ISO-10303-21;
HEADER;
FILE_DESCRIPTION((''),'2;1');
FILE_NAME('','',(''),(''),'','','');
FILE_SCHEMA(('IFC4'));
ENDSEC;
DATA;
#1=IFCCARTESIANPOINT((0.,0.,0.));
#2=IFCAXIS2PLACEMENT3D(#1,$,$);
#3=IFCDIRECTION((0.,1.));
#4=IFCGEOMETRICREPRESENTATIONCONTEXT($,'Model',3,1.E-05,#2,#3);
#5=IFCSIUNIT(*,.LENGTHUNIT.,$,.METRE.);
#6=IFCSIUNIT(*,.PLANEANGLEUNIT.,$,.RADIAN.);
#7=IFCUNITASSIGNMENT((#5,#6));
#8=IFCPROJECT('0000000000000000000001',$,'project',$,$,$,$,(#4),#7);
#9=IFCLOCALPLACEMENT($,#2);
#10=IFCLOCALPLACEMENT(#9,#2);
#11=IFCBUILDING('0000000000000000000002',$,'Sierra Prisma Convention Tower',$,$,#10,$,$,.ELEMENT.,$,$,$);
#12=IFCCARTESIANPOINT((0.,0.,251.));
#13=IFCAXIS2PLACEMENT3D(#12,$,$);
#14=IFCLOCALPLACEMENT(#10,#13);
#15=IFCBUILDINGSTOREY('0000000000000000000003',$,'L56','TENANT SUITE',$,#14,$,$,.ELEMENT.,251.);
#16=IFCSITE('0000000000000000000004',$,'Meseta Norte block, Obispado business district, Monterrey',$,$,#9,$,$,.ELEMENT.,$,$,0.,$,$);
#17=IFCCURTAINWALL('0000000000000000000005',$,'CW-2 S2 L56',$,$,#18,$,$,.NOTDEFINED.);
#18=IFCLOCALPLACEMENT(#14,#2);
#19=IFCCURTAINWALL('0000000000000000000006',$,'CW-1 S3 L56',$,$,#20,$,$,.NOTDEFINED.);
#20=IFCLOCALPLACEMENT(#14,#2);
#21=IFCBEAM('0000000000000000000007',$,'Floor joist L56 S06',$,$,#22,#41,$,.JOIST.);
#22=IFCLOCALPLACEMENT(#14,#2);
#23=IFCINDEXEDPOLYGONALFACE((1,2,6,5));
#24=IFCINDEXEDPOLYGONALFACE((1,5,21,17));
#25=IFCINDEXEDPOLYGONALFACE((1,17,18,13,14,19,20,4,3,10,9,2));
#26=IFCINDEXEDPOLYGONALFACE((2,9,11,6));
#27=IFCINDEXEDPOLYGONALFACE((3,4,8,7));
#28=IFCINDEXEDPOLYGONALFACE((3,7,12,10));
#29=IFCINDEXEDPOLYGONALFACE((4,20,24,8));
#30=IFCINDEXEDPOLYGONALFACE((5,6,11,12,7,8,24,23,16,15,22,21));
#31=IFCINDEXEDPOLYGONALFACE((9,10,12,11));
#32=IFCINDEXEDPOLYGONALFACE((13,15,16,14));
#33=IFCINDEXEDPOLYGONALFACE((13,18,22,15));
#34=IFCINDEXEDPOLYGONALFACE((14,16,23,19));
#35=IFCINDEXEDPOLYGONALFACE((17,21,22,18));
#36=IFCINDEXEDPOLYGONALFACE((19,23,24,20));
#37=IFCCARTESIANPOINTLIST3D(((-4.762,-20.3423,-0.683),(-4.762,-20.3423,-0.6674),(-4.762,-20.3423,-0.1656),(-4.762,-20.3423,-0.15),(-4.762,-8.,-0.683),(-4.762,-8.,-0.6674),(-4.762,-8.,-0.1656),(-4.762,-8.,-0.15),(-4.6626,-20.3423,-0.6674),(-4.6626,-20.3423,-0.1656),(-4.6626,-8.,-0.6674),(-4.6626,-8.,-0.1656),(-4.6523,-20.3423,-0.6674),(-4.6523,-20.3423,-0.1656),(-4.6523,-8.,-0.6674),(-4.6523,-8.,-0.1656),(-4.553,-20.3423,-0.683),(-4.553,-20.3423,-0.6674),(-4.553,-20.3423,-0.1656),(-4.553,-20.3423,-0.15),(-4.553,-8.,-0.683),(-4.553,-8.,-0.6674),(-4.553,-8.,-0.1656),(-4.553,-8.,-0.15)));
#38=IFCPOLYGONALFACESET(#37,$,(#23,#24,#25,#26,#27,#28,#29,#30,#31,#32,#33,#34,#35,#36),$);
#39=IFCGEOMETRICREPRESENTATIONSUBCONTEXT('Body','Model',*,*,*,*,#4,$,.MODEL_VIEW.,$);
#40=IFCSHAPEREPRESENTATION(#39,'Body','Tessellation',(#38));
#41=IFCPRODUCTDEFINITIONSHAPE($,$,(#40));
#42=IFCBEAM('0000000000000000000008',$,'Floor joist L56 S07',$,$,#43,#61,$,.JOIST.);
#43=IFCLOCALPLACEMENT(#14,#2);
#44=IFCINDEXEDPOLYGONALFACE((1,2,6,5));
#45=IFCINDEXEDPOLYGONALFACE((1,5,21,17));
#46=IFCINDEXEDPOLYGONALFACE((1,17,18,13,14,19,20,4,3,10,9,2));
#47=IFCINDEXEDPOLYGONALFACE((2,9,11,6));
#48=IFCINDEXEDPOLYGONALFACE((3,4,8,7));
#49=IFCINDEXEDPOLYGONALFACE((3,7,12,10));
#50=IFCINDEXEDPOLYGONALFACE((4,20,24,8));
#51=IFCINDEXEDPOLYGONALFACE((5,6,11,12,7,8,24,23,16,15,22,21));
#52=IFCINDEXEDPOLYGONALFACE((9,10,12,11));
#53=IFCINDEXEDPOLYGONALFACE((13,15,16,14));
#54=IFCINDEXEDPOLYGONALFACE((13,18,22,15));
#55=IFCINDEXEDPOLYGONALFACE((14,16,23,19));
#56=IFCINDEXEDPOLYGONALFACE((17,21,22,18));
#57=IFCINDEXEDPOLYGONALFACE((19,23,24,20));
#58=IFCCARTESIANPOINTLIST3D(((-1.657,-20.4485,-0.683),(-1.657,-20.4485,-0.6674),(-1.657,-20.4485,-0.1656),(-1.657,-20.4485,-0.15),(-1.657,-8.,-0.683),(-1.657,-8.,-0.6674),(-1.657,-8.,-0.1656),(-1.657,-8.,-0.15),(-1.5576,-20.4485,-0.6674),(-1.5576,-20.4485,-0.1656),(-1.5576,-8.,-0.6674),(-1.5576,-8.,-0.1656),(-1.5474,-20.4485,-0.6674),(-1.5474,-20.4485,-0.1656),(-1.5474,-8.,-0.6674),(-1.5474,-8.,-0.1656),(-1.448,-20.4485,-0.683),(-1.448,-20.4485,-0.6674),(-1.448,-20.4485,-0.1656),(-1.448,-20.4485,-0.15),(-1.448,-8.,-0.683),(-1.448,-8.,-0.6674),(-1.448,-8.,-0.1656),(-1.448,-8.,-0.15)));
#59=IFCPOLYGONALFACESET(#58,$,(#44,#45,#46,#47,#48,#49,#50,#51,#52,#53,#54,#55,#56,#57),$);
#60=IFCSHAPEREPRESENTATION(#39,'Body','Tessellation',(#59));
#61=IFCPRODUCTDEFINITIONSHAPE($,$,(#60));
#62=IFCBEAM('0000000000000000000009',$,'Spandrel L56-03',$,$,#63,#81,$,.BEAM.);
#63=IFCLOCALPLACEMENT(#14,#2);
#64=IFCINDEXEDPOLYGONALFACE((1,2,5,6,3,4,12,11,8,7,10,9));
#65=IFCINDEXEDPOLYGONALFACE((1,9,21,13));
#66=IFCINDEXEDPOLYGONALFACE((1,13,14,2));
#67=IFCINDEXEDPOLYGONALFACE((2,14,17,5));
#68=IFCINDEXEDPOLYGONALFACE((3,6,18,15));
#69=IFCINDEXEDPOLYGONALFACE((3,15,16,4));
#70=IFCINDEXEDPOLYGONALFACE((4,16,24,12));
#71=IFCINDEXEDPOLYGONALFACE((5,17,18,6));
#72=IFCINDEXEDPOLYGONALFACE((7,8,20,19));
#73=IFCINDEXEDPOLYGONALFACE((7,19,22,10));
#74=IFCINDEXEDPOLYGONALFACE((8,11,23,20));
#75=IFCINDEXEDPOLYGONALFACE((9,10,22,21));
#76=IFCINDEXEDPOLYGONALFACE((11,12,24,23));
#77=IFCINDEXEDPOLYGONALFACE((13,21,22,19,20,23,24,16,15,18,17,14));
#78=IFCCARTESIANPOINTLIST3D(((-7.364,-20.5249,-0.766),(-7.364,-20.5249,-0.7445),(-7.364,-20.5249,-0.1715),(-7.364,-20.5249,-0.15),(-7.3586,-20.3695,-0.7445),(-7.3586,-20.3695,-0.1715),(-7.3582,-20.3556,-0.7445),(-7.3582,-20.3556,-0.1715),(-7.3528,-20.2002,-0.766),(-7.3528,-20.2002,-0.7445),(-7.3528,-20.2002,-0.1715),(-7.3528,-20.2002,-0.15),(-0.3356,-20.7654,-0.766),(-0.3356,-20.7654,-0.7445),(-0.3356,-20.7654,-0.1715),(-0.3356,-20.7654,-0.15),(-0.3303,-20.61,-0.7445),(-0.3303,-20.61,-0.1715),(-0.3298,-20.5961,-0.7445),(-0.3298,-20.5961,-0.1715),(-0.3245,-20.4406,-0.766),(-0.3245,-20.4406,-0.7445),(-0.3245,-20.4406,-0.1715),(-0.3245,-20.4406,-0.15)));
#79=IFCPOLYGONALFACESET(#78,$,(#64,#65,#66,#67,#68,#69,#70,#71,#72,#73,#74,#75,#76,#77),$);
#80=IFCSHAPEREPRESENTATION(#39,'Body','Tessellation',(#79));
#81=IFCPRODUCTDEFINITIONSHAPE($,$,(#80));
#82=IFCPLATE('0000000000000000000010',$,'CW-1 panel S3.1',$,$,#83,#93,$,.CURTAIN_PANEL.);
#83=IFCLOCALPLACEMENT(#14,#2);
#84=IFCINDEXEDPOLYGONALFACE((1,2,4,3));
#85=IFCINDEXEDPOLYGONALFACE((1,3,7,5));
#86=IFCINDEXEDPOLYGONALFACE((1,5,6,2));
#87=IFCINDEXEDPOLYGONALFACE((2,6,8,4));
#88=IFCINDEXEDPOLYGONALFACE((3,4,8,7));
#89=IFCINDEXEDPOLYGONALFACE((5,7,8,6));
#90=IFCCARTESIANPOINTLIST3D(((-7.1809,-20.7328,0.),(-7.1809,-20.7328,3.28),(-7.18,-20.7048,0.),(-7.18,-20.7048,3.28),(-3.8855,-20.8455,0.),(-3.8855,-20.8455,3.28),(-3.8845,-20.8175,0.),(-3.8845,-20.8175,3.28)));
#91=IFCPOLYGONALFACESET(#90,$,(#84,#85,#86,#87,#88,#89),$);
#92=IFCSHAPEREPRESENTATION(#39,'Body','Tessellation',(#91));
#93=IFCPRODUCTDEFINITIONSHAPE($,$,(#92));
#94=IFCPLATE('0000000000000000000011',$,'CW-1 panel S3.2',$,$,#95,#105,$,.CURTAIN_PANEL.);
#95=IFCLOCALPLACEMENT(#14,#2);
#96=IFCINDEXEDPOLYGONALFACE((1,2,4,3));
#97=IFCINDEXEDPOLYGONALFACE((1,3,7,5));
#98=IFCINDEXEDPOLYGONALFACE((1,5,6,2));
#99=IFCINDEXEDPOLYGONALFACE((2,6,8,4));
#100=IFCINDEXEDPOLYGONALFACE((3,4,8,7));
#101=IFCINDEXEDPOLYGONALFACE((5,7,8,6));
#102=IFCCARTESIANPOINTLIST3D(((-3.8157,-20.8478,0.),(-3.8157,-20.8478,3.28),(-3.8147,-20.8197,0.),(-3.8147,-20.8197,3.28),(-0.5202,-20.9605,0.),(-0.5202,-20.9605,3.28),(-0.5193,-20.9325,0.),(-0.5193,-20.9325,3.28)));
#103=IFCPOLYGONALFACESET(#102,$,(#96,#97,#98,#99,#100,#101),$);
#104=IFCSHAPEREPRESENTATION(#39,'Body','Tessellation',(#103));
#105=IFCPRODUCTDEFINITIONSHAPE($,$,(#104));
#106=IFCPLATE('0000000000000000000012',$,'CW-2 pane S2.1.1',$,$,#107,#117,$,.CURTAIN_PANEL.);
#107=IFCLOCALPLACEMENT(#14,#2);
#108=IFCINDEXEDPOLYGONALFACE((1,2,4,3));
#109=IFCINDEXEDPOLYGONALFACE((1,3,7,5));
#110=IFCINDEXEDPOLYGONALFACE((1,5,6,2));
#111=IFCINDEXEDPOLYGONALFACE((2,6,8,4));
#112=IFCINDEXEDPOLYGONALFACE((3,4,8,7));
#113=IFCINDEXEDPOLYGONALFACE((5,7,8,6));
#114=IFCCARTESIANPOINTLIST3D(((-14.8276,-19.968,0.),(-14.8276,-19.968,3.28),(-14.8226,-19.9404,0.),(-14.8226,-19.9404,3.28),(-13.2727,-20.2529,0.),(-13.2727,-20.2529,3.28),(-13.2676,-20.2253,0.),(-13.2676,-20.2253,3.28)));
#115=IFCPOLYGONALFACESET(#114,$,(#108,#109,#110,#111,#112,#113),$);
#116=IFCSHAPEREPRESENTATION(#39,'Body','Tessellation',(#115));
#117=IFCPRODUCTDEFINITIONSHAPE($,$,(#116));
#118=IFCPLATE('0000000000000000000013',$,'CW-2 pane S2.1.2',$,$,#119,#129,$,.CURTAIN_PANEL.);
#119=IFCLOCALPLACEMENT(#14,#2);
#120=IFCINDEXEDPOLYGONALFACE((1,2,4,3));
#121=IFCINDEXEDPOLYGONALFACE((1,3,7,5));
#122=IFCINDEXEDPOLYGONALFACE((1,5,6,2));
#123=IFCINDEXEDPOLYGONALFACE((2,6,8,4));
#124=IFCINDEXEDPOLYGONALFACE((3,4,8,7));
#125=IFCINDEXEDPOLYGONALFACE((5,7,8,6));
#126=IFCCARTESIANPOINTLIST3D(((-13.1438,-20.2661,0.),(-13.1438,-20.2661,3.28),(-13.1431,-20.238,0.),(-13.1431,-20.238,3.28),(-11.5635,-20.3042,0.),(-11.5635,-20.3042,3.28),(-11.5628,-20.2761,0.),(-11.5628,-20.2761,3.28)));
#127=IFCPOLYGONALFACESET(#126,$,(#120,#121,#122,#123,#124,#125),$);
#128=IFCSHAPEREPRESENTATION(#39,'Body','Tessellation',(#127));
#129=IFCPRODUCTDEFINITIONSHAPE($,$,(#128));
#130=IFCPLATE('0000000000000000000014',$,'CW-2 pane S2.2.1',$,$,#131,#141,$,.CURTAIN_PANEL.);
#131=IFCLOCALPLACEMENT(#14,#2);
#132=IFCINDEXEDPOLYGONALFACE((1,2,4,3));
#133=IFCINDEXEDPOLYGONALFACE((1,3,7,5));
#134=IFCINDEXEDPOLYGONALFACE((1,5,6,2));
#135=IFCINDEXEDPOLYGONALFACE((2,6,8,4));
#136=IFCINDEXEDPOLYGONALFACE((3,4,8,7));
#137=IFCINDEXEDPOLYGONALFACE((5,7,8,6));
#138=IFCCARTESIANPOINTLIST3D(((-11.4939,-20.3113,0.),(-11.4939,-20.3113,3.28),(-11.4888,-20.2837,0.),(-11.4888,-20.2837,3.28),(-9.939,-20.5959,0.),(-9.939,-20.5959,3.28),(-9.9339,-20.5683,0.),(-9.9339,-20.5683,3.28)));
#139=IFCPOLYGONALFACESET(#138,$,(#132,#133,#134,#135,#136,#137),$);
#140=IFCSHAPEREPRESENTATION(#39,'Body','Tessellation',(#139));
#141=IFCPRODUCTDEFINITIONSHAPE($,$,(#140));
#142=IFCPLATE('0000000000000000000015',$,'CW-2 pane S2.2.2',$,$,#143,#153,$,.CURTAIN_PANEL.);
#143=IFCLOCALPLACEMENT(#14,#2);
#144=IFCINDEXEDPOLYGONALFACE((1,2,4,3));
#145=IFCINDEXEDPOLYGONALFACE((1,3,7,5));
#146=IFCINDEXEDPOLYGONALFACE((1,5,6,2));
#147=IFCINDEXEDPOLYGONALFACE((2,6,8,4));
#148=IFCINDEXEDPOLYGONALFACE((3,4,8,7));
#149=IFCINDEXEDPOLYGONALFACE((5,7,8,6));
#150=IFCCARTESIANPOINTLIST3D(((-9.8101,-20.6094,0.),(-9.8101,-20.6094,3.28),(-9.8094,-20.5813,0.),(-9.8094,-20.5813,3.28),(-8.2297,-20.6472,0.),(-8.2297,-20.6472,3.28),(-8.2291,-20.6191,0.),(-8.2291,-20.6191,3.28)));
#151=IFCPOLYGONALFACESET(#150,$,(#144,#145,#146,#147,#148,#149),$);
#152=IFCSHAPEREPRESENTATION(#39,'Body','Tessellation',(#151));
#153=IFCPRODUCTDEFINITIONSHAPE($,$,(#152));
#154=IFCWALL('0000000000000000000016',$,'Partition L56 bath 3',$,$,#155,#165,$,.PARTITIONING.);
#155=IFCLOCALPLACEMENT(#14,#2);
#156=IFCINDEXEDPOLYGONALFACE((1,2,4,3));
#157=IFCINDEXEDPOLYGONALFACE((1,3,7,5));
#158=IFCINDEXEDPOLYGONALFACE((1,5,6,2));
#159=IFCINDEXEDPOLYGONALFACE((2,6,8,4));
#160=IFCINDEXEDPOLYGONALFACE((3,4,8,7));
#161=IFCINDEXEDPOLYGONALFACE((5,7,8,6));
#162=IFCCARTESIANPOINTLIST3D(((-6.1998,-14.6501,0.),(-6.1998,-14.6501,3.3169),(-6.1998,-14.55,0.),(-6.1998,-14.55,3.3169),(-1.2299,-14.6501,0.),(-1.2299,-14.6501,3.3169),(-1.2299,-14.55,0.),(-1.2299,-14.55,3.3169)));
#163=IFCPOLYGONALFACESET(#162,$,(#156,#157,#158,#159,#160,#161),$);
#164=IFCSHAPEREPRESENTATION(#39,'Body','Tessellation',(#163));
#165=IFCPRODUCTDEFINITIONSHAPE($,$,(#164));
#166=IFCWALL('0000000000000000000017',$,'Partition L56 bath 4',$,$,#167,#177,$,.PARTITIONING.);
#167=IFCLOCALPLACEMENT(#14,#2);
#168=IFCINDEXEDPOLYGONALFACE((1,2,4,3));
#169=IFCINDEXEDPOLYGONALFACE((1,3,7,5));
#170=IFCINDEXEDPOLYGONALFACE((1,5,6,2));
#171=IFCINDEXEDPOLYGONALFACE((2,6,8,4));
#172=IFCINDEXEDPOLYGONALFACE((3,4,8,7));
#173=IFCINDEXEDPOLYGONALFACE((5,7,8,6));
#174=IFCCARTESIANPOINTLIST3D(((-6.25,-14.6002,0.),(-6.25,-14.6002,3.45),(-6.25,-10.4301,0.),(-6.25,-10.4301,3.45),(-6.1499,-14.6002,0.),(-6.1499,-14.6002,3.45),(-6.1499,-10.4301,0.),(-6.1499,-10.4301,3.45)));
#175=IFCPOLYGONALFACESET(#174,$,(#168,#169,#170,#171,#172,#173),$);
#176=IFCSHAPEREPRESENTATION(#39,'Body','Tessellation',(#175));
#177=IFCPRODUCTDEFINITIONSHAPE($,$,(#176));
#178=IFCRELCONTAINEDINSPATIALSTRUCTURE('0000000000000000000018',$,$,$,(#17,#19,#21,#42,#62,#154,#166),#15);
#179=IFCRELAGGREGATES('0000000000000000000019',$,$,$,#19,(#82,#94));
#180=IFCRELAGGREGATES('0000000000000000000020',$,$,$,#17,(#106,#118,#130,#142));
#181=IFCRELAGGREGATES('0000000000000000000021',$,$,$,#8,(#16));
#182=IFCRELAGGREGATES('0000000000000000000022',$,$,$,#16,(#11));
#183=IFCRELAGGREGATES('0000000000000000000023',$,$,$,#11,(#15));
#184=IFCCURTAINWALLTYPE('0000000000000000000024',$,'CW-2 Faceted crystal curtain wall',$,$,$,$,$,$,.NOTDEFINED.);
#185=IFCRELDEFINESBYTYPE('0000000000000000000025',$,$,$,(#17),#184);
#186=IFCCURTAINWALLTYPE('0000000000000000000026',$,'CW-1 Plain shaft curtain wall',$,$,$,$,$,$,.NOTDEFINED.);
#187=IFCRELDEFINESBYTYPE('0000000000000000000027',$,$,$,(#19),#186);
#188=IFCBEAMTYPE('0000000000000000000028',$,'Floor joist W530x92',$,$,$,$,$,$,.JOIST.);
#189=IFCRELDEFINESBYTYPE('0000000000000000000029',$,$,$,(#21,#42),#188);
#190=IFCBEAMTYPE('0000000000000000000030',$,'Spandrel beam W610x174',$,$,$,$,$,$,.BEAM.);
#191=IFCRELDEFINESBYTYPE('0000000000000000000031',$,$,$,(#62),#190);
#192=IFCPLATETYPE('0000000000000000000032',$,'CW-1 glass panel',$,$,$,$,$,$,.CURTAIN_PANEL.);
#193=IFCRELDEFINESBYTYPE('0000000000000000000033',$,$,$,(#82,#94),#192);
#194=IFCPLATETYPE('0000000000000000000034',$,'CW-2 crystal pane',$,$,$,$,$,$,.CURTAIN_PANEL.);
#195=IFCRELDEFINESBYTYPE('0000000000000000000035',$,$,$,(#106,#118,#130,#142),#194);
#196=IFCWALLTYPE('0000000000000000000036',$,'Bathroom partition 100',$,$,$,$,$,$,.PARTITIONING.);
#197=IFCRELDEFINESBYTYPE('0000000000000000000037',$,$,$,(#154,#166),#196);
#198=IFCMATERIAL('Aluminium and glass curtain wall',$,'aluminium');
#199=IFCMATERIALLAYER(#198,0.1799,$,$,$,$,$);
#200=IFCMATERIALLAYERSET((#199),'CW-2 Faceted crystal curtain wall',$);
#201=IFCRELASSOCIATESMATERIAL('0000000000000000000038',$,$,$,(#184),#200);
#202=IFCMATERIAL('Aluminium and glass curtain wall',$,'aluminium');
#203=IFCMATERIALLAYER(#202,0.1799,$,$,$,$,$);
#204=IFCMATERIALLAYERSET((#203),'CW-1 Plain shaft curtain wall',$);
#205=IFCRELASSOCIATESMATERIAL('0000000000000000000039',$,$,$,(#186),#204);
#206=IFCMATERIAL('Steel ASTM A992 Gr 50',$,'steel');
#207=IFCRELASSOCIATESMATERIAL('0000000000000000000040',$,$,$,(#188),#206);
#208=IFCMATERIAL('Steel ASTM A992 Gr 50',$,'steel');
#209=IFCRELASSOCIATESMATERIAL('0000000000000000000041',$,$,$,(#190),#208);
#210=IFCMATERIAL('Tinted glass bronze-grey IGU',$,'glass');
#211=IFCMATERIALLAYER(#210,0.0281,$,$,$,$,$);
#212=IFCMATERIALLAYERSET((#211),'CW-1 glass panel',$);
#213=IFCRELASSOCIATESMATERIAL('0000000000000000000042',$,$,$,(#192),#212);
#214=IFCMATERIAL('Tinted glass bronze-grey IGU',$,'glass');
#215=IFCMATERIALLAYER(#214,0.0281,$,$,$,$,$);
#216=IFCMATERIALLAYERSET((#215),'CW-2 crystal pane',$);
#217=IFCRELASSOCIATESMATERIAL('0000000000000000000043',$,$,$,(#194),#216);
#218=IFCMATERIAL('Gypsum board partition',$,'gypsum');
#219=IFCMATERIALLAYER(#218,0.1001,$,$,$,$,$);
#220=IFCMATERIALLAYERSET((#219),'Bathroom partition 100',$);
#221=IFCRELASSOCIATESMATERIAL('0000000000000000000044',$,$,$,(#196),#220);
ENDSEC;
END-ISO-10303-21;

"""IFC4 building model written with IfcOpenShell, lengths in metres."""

from ifc_helpers import new_model, si_unit, direction, frame, frame_2d, origin, origin_2d, place, context, subcontext, project, spatial, polyline, rectangle, i_section, outline, extrude, material, layer, layer_set, material_profile, profile_set, type_object, element, aggregate, save


model = new_model("IFC4")

# Units and contexts
model_context = context("Model", 3, precision=1e-05, world=origin(), true_north=direction((0.0, 1.0)))
body_context = subcontext(model_context, "Body", "Model", "MODEL_VIEW")
ifc_project = project(units=[si_unit("LENGTHUNIT", "METRE"), si_unit("PLANEANGLEUNIT", "RADIAN")], contexts=[model_context])

# Site, building, storey
site_placement = place(None, origin())
site = spatial("IfcSite", under=ifc_project, at=site_placement, Name="Meseta Norte block, Obispado business district, Monterrey", CompositionType="ELEMENT", RefElevation=0.0)
building_placement = place(site_placement, origin())
building = spatial("IfcBuilding", under=site, at=building_placement, Name="Sierra Prisma Convention Tower", CompositionType="ELEMENT")
storey_placement = place(building_placement, frame((0.0, 0.0, 251.0)))
storey = spatial("IfcBuildingStorey", under=building, at=storey_placement, Name="L56", Description="TENANT SUITE", CompositionType="ELEMENT", Elevation=251.0)

# Curtain walls
ifc_material_1 = material(Name="Aluminium and glass curtain wall", Category="aluminium")
ifc_layer_1 = layer(ifc_material_1, 0.1799)
ifc_layer_set_1 = layer_set([ifc_layer_1], Name="CW-2 Faceted crystal curtain wall")
curtain_wall_type_1 = type_object("IfcCurtainWallType", Name="CW-2 Faceted crystal curtain wall", PredefinedType="NOTDEFINED", material=ifc_layer_set_1)
curtain_wall_1_placement = place(storey_placement, origin())
curtain_wall_1 = element("IfcCurtainWall", 1, at=curtain_wall_1_placement, inside=storey, type_object=curtain_wall_type_1, Name="CW-2 S2 L56", PredefinedType="NOTDEFINED")
ifc_material_2 = material(Name="Aluminium and glass curtain wall", Category="aluminium")
ifc_layer_2 = layer(ifc_material_2, 0.1799)
ifc_layer_set_2 = layer_set([ifc_layer_2], Name="CW-1 Plain shaft curtain wall")
curtain_wall_type_2 = type_object("IfcCurtainWallType", Name="CW-1 Plain shaft curtain wall", PredefinedType="NOTDEFINED", material=ifc_layer_set_2)
curtain_wall_2_placement = place(storey_placement, origin())
curtain_wall_2 = element("IfcCurtainWall", 2, at=curtain_wall_2_placement, inside=storey, type_object=curtain_wall_type_2, Name="CW-1 S3 L56", PredefinedType="NOTDEFINED")

# Beams
ifc_material_3 = material(Name="Steel ASTM A992 Gr 50", Category="steel")
ifc_material_profile_1 = material_profile(ifc_material_3, i_section(OverallWidth=0.209, OverallDepth=0.533, WebThickness=0.0103, FlangeThickness=0.0156, at=origin_2d()), Name="W530x92")
ifc_profile_set_1 = profile_set([ifc_material_profile_1], Name="Steel ASTM A992 Gr 50")
beam_type_1 = type_object("IfcBeamType", Name="Floor joist W530x92", PredefinedType="JOIST", material=ifc_profile_set_1)
beam_1_placement = place(storey_placement, frame((-4.6575, -20.3423, -0.4165), z_axis=(0.0, 1.0, 0.0), x_axis=(-1.0, 0.0, 0.0)))
element("IfcBeam", 3, at=beam_1_placement, inside=storey, type_object=beam_type_1, Name="Floor joist L56 S06", PredefinedType="JOIST", context=body_context, shape_type="SweptSolid", body=[
    extrude(i_section(OverallWidth=0.209, OverallDepth=0.533, WebThickness=0.0103, FlangeThickness=0.0156, at=origin_2d()), origin(), (0.0, 0.0, 1.0), 12.3423),
])
beam_2_placement = place(storey_placement, frame((-1.5525, -20.4485, -0.4165), z_axis=(0.0, 1.0, 0.0), x_axis=(-1.0, 0.0, 0.0)))
element("IfcBeam", 4, at=beam_2_placement, inside=storey, type_object=beam_type_1, Name="Floor joist L56 S07", PredefinedType="JOIST", context=body_context, shape_type="SweptSolid", body=[
    extrude(i_section(OverallWidth=0.209, OverallDepth=0.533, WebThickness=0.0103, FlangeThickness=0.0156, at=origin_2d()), origin(), (0.0, 0.0, 1.0), 12.4485),
])
ifc_material_4 = material(Name="Steel ASTM A992 Gr 50", Category="steel")
ifc_material_profile_2 = material_profile(ifc_material_4, i_section(OverallWidth=0.325, OverallDepth=0.616, WebThickness=0.0139, FlangeThickness=0.0215, at=origin_2d()), Name="W610x174")
ifc_profile_set_2 = profile_set([ifc_material_profile_2], Name="Steel ASTM A992 Gr 50")
beam_type_2 = type_object("IfcBeamType", Name="Spandrel beam W610x174", PredefinedType="BEAM", material=ifc_profile_set_2)
beam_3_placement = place(storey_placement, frame((-7.3584, -20.3625, -0.458), z_axis=(0.999415, -0.034196, 0.0), x_axis=(0.034196, 0.999415, 0.0)))
element("IfcBeam", 5, at=beam_3_placement, inside=storey, type_object=beam_type_2, Name="Spandrel L56-03", PredefinedType="BEAM", context=body_context, shape_type="SweptSolid", body=[
    extrude(i_section(OverallWidth=0.325, OverallDepth=0.616, WebThickness=0.0139, FlangeThickness=0.0215, at=origin_2d()), origin(), (0.0, 0.0, 1.0), 7.0325),
])

# Plates
ifc_material_5 = material(Name="Tinted glass bronze-grey IGU", Category="glass")
ifc_layer_3 = layer(ifc_material_5, 0.0281)
ifc_layer_set_3 = layer_set([ifc_layer_3], Name="CW-1 glass panel")
plate_type_1 = type_object("IfcPlateType", Name="CW-1 glass panel", PredefinedType="CURTAIN_PANEL", material=ifc_layer_set_3)
plate_1_placement = place(storey_placement, frame((-5.5327, -20.7751, 0.0), z_axis=(0.0, 0.0, 1.0), x_axis=(0.999416, -0.034184, 0.0)))
plate_1 = element("IfcPlate", 6, at=plate_1_placement, type_object=plate_type_1, Name="CW-1 panel S3.1", PredefinedType="CURTAIN_PANEL", context=body_context, shape_type="SweptSolid", body=[
    extrude(rectangle(XDim=3.2974, YDim=0.0281, at=origin_2d()), origin(), (0.0, 0.0, 1.0), 3.28),
])
plate_2_placement = place(storey_placement, frame((-2.1675, -20.8901, 0.0), z_axis=(0.0, 0.0, 1.0), x_axis=(0.999416, -0.034184, 0.0)))
plate_2 = element("IfcPlate", 7, at=plate_2_placement, type_object=plate_type_1, Name="CW-1 panel S3.2", PredefinedType="CURTAIN_PANEL", context=body_context, shape_type="SweptSolid", body=[
    extrude(rectangle(XDim=3.2974, YDim=0.0281, at=origin_2d()), origin(), (0.0, 0.0, 1.0), 3.28),
])
aggregate(curtain_wall_2, [plate_1, plate_2])
ifc_material_6 = material(Name="Tinted glass bronze-grey IGU", Category="glass")
ifc_layer_4 = layer(ifc_material_6, 0.0281)
ifc_layer_set_4 = layer_set([ifc_layer_4], Name="CW-2 crystal pane")
plate_type_2 = type_object("IfcPlateType", Name="CW-2 crystal pane", PredefinedType="CURTAIN_PANEL", material=ifc_layer_set_4)
plate_3_placement = place(storey_placement, frame((-14.8276, -19.968, 0.0), z_axis=(-0.180231, -0.983624, 0.0), x_axis=(0.983624, -0.180231, 0.0)))
plate_3 = element("IfcPlate", 8, at=plate_3_placement, type_object=plate_type_2, Name="CW-2 pane S2.1.1", PredefinedType="CURTAIN_PANEL", context=body_context, shape_type="SweptSolid", body=[
    extrude(outline(polyline([(0.0, 0.0), (1.5808, 0.0), (1.5808, 3.28), (0.0, 3.28), (0.0, 0.0)])), origin(), (0.0, 0.0, -1.0), 0.0281),
])
plate_4_placement = place(storey_placement, frame((-11.5635, -20.3042, 0.0), z_axis=(-0.024093, -0.99971, 0.0), x_axis=(-0.99971, 0.024093, 0.0)))
plate_4 = element("IfcPlate", 9, at=plate_4_placement, type_object=plate_type_2, Name="CW-2 pane S2.1.2", PredefinedType="CURTAIN_PANEL", context=body_context, shape_type="SweptSolid", body=[
    extrude(outline(polyline([(0.0, 0.0), (1.5808, 0.0), (1.5808, -3.28), (0.0, -3.28), (0.0, 0.0)])), origin(), (0.0, 0.0, -1.0), 0.0281),
])
plate_5_placement = place(storey_placement, frame((-11.4939, -20.3113, 0.0), z_axis=(-0.180081, -0.983652, 0.0), x_axis=(0.983652, -0.180081, 0.0)))
plate_5 = element("IfcPlate", 10, at=plate_5_placement, type_object=plate_type_2, Name="CW-2 pane S2.2.1", PredefinedType="CURTAIN_PANEL", context=body_context, shape_type="SweptSolid", body=[
    extrude(outline(polyline([(0.0, 0.0), (1.5808, 0.0), (1.5808, 3.28), (0.0, 3.28), (0.0, 0.0)])), origin(), (0.0, 0.0, -1.0), 0.0281),
])
plate_6_placement = place(storey_placement, frame((-8.2297, -20.6472, 0.0), z_axis=(-0.023939, -0.999713, 0.0), x_axis=(-0.999713, 0.023939, 0.0)))
plate_6 = element("IfcPlate", 11, at=plate_6_placement, type_object=plate_type_2, Name="CW-2 pane S2.2.2", PredefinedType="CURTAIN_PANEL", context=body_context, shape_type="SweptSolid", body=[
    extrude(outline(polyline([(0.0, 0.0), (1.5808, 0.0), (1.5808, -3.28), (0.0, -3.28), (0.0, 0.0)])), origin(), (0.0, 0.0, -1.0), 0.0281),
])
aggregate(curtain_wall_1, [plate_3, plate_4, plate_5, plate_6])

# Walls
ifc_material_7 = material(Name="Gypsum board partition", Category="gypsum")
ifc_layer_5 = layer(ifc_material_7, 0.1001)
ifc_layer_set_5 = layer_set([ifc_layer_5], Name="Bathroom partition 100")
wall_type_1 = type_object("IfcWallType", Name="Bathroom partition 100", PredefinedType="PARTITIONING", material=ifc_layer_set_5)
wall_1_placement = place(storey_placement, frame((-1.23, -14.6001, 0.0), z_axis=(0.0, 0.0, 1.0), x_axis=(-1.0, 0.0, 0.0)))
element("IfcWall", 12, at=wall_1_placement, inside=storey, type_object=wall_type_1, Name="Partition L56 bath 3", PredefinedType="PARTITIONING", context=body_context, shape_type="SweptSolid", body=[
    extrude(rectangle(XDim=4.97, YDim=0.1001, at=frame_2d((2.4849, 0.0))), origin(), (0.0, 0.0, 1.0), 3.3169),
])
wall_2_placement = place(storey_placement, frame((-6.2, -14.6001, 0.0), z_axis=(0.0, 0.0, 1.0), x_axis=(0.0, 1.0, 0.0)))
element("IfcWall", 13, at=wall_2_placement, inside=storey, type_object=wall_type_1, Name="Partition L56 bath 4", PredefinedType="PARTITIONING", context=body_context, shape_type="SweptSolid", body=[
    extrude(rectangle(XDim=4.1702, YDim=0.1001, at=frame_2d((2.085, 0.0))), origin(), (0.0, 0.0, 1.0), 3.45),
])

save(model, "model.ifc")
